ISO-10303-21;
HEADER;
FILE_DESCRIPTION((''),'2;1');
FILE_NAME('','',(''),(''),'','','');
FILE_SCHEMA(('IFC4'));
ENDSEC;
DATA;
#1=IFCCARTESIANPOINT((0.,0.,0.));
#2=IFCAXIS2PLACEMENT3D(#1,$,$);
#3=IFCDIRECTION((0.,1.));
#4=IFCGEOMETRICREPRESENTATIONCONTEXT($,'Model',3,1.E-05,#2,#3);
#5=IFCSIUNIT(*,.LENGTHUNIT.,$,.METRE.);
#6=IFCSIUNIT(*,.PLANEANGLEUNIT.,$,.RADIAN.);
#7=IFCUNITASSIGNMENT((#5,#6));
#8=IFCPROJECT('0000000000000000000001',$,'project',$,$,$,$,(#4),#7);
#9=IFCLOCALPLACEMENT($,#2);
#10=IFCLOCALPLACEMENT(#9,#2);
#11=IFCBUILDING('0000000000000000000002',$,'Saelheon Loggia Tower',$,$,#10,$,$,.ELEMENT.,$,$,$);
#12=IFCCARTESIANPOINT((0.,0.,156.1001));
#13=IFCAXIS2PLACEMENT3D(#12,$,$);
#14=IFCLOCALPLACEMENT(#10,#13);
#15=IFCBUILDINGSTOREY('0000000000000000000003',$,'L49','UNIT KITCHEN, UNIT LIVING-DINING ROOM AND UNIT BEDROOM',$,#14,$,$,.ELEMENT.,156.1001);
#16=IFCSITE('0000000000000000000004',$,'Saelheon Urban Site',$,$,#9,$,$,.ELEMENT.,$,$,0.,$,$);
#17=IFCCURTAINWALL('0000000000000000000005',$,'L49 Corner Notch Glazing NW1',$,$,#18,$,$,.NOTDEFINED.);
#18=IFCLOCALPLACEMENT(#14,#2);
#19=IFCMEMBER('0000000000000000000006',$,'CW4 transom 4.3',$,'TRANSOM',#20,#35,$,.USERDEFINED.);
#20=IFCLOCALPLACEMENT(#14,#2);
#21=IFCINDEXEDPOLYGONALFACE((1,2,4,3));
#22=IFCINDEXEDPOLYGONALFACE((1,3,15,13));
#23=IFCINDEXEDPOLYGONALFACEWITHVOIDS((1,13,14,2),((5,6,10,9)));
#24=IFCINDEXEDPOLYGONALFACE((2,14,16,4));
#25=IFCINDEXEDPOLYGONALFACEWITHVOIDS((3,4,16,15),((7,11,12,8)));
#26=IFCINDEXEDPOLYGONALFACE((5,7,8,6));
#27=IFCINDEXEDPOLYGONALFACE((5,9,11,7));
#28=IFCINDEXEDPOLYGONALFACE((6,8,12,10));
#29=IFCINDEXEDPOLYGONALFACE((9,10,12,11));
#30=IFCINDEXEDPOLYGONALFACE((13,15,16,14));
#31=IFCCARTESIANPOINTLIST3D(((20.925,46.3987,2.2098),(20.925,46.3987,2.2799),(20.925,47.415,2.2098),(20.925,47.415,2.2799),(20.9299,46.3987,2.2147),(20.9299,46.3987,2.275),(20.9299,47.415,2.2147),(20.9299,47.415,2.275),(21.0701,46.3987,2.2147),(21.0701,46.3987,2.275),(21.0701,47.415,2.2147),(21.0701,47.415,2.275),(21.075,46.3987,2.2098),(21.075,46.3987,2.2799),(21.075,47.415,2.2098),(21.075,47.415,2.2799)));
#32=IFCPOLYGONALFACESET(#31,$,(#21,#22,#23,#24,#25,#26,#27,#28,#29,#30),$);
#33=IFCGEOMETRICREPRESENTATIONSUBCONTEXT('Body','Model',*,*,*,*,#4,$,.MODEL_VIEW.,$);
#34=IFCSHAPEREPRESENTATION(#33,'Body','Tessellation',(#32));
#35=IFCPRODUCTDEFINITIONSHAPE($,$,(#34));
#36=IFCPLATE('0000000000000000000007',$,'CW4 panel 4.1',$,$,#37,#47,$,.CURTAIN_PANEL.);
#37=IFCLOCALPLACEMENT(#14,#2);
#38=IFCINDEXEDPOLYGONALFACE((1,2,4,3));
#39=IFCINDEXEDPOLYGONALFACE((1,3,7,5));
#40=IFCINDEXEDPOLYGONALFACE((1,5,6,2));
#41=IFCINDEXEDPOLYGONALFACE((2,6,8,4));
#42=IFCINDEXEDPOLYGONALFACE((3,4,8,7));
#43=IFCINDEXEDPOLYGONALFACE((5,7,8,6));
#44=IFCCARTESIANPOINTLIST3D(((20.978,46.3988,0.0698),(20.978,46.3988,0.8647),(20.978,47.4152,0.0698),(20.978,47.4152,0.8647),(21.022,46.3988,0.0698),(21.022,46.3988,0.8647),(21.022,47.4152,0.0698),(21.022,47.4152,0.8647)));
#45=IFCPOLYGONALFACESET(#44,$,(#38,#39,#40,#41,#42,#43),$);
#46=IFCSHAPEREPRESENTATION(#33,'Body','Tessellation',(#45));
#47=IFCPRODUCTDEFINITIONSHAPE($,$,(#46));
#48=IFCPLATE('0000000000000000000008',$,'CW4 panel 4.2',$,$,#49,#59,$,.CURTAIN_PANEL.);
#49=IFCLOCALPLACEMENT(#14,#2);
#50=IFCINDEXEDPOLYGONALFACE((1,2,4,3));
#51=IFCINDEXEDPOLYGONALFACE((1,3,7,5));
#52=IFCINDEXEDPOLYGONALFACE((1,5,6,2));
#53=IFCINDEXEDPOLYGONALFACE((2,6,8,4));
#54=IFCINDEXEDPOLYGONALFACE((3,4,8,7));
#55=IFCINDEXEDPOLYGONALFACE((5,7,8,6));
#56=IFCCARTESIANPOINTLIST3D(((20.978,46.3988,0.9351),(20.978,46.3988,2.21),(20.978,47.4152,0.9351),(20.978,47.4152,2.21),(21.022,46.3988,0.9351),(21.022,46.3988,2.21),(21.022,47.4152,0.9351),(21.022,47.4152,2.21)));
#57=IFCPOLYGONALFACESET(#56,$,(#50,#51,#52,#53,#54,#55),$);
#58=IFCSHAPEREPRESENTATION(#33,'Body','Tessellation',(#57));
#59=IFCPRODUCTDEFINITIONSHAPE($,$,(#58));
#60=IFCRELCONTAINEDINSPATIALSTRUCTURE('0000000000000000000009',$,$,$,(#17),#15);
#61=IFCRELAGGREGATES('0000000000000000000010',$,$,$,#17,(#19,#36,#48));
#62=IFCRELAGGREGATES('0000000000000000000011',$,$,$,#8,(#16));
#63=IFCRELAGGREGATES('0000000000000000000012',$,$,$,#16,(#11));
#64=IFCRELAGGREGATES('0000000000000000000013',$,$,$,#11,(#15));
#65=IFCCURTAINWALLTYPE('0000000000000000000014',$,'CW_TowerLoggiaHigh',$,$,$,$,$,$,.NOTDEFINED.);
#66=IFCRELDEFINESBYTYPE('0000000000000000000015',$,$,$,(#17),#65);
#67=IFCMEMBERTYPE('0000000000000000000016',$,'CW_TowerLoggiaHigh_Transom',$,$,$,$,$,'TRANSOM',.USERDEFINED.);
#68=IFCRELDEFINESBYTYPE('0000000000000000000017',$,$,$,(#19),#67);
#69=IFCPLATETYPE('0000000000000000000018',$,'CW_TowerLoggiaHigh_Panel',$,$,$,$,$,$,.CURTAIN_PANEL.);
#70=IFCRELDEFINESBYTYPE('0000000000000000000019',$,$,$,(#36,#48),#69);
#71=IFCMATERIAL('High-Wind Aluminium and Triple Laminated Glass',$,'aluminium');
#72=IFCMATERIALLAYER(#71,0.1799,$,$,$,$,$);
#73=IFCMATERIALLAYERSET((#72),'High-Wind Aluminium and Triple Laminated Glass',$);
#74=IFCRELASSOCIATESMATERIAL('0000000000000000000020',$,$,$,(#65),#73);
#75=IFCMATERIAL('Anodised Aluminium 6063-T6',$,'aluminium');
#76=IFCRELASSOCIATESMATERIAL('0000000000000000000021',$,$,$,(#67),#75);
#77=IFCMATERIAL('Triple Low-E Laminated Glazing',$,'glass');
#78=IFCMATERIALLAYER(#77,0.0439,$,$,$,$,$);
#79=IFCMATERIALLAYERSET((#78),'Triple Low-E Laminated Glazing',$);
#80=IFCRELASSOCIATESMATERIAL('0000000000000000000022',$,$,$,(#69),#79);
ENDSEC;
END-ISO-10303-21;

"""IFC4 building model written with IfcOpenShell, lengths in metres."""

from ifc_helpers import new_model, si_unit, direction, frame, origin, origin_2d, place, context, subcontext, project, spatial, rectangle, hollow_rectangle, extrude, source, transform, mapped, material, layer, layer_set, material_profile, profile_set, type_object, element, aggregate, save


model = new_model("IFC4")

# Units and contexts
model_context = context("Model", 3, precision=1e-05, world=origin(), true_north=direction((0.0, 1.0)))
body_context = subcontext(model_context, "Body", "Model", "MODEL_VIEW")
ifc_project = project(units=[si_unit("LENGTHUNIT", "METRE"), si_unit("PLANEANGLEUNIT", "RADIAN")], contexts=[model_context])

# Site, building, storey
site_placement = place(None, origin())
site = spatial("IfcSite", under=ifc_project, at=site_placement, Name="Saelheon Urban Site", CompositionType="ELEMENT", RefElevation=0.0)
building_placement = place(site_placement, origin())
building = spatial("IfcBuilding", under=site, at=building_placement, Name="Saelheon Loggia Tower", CompositionType="ELEMENT")
storey_placement = place(building_placement, frame((0.0, 0.0, 156.1001)))
storey = spatial("IfcBuildingStorey", under=building, at=storey_placement, Name="L49", Description="UNIT KITCHEN, UNIT LIVING-DINING ROOM AND UNIT BEDROOM", CompositionType="ELEMENT", Elevation=156.1001)

# Curtain wall, member, plates
ifc_material_1 = material(Name="High-Wind Aluminium and Triple Laminated Glass", Category="aluminium")
ifc_layer_1 = layer(ifc_material_1, 0.1799)
ifc_layer_set_1 = layer_set([ifc_layer_1], Name="High-Wind Aluminium and Triple Laminated Glass")
curtain_wall_type = type_object("IfcCurtainWallType", Name="CW_TowerLoggiaHigh", PredefinedType="NOTDEFINED", material=ifc_layer_set_1)
curtain_wall_placement = place(storey_placement, origin())
curtain_wall = element("IfcCurtainWall", 1, at=curtain_wall_placement, inside=storey, type_object=curtain_wall_type, Name="L49 Corner Notch Glazing NW1", PredefinedType="NOTDEFINED")
ifc_material_2 = material(Name="Anodised Aluminium 6063-T6", Category="aluminium")
ifc_material_profile_1 = material_profile(ifc_material_2, hollow_rectangle(XDim=0.0701, YDim=0.1499, WallThickness=0.0049, at=origin_2d()), Name="RHS-150x70x5")
ifc_profile_set_1 = profile_set([ifc_material_profile_1], Name="Anodised Aluminium 6063-T6")
member_type_1 = type_object("IfcMemberType", Name="CW_TowerLoggiaHigh_Transom", ElementType="TRANSOM", PredefinedType="USERDEFINED", material=ifc_profile_set_1)
shared_shape_1 = source(origin(), body_context, "Body", "SweptSolid", [
    extrude(hollow_rectangle(XDim=0.0701, YDim=0.1499, WallThickness=0.0049, at=origin_2d()), origin(), (0.0, 0.0, 1.0), 1.0164),
])
member_1_placement = place(storey_placement, frame((21.0, 46.3987, 2.2449), z_axis=(0.0, 1.0, 0.0), x_axis=(0.0, 0.0, 1.0)))
member_1 = element("IfcMember", 2, at=member_1_placement, type_object=member_type_1, Name="CW4 transom 4.3", ObjectType="TRANSOM", PredefinedType="USERDEFINED", context=body_context, shape_type="MappedRepresentation", body=[
    mapped(shared_shape_1, transform((0.0, 0.0, 0.0), scale=1.0)),
])
ifc_material_3 = material(Name="Triple Low-E Laminated Glazing", Category="glass")
ifc_layer_2 = layer(ifc_material_3, 0.0439)
ifc_layer_set_2 = layer_set([ifc_layer_2], Name="Triple Low-E Laminated Glazing")
plate_type = type_object("IfcPlateType", Name="CW_TowerLoggiaHigh_Panel", PredefinedType="CURTAIN_PANEL", material=ifc_layer_set_2)
shared_shape_2 = source(origin(), body_context, "Body", "SweptSolid", [
    extrude(rectangle(XDim=1.0164, YDim=0.0439, at=origin_2d()), origin(), (0.0, 0.0, 1.0), 0.7949),
])
plate_1_placement = place(storey_placement, frame((21.0, 46.907, 0.0698), z_axis=(0.0, 0.0, 1.0), x_axis=(0.0, 1.0, 0.0)))
plate_1 = element("IfcPlate", 3, at=plate_1_placement, type_object=plate_type, Name="CW4 panel 4.1", PredefinedType="CURTAIN_PANEL", context=body_context, shape_type="MappedRepresentation", body=[
    mapped(shared_shape_2, transform((0.0, 0.0, 0.0), scale=1.0)),
])
shared_shape_3 = source(origin(), body_context, "Body", "SweptSolid", [
    extrude(rectangle(XDim=1.0164, YDim=0.0439, at=origin_2d()), origin(), (0.0, 0.0, 1.0), 1.2749),
])
plate_2_placement = place(storey_placement, frame((21.0, 46.907, 0.9351), z_axis=(0.0, 0.0, 1.0), x_axis=(0.0, 1.0, 0.0)))
plate_2 = element("IfcPlate", 4, at=plate_2_placement, type_object=plate_type, Name="CW4 panel 4.2", PredefinedType="CURTAIN_PANEL", context=body_context, shape_type="MappedRepresentation", body=[
    mapped(shared_shape_3, transform((0.0, 0.0, 0.0), scale=1.0)),
])
aggregate(curtain_wall, [member_1, plate_1, plate_2])

save(model, "model.ifc")
